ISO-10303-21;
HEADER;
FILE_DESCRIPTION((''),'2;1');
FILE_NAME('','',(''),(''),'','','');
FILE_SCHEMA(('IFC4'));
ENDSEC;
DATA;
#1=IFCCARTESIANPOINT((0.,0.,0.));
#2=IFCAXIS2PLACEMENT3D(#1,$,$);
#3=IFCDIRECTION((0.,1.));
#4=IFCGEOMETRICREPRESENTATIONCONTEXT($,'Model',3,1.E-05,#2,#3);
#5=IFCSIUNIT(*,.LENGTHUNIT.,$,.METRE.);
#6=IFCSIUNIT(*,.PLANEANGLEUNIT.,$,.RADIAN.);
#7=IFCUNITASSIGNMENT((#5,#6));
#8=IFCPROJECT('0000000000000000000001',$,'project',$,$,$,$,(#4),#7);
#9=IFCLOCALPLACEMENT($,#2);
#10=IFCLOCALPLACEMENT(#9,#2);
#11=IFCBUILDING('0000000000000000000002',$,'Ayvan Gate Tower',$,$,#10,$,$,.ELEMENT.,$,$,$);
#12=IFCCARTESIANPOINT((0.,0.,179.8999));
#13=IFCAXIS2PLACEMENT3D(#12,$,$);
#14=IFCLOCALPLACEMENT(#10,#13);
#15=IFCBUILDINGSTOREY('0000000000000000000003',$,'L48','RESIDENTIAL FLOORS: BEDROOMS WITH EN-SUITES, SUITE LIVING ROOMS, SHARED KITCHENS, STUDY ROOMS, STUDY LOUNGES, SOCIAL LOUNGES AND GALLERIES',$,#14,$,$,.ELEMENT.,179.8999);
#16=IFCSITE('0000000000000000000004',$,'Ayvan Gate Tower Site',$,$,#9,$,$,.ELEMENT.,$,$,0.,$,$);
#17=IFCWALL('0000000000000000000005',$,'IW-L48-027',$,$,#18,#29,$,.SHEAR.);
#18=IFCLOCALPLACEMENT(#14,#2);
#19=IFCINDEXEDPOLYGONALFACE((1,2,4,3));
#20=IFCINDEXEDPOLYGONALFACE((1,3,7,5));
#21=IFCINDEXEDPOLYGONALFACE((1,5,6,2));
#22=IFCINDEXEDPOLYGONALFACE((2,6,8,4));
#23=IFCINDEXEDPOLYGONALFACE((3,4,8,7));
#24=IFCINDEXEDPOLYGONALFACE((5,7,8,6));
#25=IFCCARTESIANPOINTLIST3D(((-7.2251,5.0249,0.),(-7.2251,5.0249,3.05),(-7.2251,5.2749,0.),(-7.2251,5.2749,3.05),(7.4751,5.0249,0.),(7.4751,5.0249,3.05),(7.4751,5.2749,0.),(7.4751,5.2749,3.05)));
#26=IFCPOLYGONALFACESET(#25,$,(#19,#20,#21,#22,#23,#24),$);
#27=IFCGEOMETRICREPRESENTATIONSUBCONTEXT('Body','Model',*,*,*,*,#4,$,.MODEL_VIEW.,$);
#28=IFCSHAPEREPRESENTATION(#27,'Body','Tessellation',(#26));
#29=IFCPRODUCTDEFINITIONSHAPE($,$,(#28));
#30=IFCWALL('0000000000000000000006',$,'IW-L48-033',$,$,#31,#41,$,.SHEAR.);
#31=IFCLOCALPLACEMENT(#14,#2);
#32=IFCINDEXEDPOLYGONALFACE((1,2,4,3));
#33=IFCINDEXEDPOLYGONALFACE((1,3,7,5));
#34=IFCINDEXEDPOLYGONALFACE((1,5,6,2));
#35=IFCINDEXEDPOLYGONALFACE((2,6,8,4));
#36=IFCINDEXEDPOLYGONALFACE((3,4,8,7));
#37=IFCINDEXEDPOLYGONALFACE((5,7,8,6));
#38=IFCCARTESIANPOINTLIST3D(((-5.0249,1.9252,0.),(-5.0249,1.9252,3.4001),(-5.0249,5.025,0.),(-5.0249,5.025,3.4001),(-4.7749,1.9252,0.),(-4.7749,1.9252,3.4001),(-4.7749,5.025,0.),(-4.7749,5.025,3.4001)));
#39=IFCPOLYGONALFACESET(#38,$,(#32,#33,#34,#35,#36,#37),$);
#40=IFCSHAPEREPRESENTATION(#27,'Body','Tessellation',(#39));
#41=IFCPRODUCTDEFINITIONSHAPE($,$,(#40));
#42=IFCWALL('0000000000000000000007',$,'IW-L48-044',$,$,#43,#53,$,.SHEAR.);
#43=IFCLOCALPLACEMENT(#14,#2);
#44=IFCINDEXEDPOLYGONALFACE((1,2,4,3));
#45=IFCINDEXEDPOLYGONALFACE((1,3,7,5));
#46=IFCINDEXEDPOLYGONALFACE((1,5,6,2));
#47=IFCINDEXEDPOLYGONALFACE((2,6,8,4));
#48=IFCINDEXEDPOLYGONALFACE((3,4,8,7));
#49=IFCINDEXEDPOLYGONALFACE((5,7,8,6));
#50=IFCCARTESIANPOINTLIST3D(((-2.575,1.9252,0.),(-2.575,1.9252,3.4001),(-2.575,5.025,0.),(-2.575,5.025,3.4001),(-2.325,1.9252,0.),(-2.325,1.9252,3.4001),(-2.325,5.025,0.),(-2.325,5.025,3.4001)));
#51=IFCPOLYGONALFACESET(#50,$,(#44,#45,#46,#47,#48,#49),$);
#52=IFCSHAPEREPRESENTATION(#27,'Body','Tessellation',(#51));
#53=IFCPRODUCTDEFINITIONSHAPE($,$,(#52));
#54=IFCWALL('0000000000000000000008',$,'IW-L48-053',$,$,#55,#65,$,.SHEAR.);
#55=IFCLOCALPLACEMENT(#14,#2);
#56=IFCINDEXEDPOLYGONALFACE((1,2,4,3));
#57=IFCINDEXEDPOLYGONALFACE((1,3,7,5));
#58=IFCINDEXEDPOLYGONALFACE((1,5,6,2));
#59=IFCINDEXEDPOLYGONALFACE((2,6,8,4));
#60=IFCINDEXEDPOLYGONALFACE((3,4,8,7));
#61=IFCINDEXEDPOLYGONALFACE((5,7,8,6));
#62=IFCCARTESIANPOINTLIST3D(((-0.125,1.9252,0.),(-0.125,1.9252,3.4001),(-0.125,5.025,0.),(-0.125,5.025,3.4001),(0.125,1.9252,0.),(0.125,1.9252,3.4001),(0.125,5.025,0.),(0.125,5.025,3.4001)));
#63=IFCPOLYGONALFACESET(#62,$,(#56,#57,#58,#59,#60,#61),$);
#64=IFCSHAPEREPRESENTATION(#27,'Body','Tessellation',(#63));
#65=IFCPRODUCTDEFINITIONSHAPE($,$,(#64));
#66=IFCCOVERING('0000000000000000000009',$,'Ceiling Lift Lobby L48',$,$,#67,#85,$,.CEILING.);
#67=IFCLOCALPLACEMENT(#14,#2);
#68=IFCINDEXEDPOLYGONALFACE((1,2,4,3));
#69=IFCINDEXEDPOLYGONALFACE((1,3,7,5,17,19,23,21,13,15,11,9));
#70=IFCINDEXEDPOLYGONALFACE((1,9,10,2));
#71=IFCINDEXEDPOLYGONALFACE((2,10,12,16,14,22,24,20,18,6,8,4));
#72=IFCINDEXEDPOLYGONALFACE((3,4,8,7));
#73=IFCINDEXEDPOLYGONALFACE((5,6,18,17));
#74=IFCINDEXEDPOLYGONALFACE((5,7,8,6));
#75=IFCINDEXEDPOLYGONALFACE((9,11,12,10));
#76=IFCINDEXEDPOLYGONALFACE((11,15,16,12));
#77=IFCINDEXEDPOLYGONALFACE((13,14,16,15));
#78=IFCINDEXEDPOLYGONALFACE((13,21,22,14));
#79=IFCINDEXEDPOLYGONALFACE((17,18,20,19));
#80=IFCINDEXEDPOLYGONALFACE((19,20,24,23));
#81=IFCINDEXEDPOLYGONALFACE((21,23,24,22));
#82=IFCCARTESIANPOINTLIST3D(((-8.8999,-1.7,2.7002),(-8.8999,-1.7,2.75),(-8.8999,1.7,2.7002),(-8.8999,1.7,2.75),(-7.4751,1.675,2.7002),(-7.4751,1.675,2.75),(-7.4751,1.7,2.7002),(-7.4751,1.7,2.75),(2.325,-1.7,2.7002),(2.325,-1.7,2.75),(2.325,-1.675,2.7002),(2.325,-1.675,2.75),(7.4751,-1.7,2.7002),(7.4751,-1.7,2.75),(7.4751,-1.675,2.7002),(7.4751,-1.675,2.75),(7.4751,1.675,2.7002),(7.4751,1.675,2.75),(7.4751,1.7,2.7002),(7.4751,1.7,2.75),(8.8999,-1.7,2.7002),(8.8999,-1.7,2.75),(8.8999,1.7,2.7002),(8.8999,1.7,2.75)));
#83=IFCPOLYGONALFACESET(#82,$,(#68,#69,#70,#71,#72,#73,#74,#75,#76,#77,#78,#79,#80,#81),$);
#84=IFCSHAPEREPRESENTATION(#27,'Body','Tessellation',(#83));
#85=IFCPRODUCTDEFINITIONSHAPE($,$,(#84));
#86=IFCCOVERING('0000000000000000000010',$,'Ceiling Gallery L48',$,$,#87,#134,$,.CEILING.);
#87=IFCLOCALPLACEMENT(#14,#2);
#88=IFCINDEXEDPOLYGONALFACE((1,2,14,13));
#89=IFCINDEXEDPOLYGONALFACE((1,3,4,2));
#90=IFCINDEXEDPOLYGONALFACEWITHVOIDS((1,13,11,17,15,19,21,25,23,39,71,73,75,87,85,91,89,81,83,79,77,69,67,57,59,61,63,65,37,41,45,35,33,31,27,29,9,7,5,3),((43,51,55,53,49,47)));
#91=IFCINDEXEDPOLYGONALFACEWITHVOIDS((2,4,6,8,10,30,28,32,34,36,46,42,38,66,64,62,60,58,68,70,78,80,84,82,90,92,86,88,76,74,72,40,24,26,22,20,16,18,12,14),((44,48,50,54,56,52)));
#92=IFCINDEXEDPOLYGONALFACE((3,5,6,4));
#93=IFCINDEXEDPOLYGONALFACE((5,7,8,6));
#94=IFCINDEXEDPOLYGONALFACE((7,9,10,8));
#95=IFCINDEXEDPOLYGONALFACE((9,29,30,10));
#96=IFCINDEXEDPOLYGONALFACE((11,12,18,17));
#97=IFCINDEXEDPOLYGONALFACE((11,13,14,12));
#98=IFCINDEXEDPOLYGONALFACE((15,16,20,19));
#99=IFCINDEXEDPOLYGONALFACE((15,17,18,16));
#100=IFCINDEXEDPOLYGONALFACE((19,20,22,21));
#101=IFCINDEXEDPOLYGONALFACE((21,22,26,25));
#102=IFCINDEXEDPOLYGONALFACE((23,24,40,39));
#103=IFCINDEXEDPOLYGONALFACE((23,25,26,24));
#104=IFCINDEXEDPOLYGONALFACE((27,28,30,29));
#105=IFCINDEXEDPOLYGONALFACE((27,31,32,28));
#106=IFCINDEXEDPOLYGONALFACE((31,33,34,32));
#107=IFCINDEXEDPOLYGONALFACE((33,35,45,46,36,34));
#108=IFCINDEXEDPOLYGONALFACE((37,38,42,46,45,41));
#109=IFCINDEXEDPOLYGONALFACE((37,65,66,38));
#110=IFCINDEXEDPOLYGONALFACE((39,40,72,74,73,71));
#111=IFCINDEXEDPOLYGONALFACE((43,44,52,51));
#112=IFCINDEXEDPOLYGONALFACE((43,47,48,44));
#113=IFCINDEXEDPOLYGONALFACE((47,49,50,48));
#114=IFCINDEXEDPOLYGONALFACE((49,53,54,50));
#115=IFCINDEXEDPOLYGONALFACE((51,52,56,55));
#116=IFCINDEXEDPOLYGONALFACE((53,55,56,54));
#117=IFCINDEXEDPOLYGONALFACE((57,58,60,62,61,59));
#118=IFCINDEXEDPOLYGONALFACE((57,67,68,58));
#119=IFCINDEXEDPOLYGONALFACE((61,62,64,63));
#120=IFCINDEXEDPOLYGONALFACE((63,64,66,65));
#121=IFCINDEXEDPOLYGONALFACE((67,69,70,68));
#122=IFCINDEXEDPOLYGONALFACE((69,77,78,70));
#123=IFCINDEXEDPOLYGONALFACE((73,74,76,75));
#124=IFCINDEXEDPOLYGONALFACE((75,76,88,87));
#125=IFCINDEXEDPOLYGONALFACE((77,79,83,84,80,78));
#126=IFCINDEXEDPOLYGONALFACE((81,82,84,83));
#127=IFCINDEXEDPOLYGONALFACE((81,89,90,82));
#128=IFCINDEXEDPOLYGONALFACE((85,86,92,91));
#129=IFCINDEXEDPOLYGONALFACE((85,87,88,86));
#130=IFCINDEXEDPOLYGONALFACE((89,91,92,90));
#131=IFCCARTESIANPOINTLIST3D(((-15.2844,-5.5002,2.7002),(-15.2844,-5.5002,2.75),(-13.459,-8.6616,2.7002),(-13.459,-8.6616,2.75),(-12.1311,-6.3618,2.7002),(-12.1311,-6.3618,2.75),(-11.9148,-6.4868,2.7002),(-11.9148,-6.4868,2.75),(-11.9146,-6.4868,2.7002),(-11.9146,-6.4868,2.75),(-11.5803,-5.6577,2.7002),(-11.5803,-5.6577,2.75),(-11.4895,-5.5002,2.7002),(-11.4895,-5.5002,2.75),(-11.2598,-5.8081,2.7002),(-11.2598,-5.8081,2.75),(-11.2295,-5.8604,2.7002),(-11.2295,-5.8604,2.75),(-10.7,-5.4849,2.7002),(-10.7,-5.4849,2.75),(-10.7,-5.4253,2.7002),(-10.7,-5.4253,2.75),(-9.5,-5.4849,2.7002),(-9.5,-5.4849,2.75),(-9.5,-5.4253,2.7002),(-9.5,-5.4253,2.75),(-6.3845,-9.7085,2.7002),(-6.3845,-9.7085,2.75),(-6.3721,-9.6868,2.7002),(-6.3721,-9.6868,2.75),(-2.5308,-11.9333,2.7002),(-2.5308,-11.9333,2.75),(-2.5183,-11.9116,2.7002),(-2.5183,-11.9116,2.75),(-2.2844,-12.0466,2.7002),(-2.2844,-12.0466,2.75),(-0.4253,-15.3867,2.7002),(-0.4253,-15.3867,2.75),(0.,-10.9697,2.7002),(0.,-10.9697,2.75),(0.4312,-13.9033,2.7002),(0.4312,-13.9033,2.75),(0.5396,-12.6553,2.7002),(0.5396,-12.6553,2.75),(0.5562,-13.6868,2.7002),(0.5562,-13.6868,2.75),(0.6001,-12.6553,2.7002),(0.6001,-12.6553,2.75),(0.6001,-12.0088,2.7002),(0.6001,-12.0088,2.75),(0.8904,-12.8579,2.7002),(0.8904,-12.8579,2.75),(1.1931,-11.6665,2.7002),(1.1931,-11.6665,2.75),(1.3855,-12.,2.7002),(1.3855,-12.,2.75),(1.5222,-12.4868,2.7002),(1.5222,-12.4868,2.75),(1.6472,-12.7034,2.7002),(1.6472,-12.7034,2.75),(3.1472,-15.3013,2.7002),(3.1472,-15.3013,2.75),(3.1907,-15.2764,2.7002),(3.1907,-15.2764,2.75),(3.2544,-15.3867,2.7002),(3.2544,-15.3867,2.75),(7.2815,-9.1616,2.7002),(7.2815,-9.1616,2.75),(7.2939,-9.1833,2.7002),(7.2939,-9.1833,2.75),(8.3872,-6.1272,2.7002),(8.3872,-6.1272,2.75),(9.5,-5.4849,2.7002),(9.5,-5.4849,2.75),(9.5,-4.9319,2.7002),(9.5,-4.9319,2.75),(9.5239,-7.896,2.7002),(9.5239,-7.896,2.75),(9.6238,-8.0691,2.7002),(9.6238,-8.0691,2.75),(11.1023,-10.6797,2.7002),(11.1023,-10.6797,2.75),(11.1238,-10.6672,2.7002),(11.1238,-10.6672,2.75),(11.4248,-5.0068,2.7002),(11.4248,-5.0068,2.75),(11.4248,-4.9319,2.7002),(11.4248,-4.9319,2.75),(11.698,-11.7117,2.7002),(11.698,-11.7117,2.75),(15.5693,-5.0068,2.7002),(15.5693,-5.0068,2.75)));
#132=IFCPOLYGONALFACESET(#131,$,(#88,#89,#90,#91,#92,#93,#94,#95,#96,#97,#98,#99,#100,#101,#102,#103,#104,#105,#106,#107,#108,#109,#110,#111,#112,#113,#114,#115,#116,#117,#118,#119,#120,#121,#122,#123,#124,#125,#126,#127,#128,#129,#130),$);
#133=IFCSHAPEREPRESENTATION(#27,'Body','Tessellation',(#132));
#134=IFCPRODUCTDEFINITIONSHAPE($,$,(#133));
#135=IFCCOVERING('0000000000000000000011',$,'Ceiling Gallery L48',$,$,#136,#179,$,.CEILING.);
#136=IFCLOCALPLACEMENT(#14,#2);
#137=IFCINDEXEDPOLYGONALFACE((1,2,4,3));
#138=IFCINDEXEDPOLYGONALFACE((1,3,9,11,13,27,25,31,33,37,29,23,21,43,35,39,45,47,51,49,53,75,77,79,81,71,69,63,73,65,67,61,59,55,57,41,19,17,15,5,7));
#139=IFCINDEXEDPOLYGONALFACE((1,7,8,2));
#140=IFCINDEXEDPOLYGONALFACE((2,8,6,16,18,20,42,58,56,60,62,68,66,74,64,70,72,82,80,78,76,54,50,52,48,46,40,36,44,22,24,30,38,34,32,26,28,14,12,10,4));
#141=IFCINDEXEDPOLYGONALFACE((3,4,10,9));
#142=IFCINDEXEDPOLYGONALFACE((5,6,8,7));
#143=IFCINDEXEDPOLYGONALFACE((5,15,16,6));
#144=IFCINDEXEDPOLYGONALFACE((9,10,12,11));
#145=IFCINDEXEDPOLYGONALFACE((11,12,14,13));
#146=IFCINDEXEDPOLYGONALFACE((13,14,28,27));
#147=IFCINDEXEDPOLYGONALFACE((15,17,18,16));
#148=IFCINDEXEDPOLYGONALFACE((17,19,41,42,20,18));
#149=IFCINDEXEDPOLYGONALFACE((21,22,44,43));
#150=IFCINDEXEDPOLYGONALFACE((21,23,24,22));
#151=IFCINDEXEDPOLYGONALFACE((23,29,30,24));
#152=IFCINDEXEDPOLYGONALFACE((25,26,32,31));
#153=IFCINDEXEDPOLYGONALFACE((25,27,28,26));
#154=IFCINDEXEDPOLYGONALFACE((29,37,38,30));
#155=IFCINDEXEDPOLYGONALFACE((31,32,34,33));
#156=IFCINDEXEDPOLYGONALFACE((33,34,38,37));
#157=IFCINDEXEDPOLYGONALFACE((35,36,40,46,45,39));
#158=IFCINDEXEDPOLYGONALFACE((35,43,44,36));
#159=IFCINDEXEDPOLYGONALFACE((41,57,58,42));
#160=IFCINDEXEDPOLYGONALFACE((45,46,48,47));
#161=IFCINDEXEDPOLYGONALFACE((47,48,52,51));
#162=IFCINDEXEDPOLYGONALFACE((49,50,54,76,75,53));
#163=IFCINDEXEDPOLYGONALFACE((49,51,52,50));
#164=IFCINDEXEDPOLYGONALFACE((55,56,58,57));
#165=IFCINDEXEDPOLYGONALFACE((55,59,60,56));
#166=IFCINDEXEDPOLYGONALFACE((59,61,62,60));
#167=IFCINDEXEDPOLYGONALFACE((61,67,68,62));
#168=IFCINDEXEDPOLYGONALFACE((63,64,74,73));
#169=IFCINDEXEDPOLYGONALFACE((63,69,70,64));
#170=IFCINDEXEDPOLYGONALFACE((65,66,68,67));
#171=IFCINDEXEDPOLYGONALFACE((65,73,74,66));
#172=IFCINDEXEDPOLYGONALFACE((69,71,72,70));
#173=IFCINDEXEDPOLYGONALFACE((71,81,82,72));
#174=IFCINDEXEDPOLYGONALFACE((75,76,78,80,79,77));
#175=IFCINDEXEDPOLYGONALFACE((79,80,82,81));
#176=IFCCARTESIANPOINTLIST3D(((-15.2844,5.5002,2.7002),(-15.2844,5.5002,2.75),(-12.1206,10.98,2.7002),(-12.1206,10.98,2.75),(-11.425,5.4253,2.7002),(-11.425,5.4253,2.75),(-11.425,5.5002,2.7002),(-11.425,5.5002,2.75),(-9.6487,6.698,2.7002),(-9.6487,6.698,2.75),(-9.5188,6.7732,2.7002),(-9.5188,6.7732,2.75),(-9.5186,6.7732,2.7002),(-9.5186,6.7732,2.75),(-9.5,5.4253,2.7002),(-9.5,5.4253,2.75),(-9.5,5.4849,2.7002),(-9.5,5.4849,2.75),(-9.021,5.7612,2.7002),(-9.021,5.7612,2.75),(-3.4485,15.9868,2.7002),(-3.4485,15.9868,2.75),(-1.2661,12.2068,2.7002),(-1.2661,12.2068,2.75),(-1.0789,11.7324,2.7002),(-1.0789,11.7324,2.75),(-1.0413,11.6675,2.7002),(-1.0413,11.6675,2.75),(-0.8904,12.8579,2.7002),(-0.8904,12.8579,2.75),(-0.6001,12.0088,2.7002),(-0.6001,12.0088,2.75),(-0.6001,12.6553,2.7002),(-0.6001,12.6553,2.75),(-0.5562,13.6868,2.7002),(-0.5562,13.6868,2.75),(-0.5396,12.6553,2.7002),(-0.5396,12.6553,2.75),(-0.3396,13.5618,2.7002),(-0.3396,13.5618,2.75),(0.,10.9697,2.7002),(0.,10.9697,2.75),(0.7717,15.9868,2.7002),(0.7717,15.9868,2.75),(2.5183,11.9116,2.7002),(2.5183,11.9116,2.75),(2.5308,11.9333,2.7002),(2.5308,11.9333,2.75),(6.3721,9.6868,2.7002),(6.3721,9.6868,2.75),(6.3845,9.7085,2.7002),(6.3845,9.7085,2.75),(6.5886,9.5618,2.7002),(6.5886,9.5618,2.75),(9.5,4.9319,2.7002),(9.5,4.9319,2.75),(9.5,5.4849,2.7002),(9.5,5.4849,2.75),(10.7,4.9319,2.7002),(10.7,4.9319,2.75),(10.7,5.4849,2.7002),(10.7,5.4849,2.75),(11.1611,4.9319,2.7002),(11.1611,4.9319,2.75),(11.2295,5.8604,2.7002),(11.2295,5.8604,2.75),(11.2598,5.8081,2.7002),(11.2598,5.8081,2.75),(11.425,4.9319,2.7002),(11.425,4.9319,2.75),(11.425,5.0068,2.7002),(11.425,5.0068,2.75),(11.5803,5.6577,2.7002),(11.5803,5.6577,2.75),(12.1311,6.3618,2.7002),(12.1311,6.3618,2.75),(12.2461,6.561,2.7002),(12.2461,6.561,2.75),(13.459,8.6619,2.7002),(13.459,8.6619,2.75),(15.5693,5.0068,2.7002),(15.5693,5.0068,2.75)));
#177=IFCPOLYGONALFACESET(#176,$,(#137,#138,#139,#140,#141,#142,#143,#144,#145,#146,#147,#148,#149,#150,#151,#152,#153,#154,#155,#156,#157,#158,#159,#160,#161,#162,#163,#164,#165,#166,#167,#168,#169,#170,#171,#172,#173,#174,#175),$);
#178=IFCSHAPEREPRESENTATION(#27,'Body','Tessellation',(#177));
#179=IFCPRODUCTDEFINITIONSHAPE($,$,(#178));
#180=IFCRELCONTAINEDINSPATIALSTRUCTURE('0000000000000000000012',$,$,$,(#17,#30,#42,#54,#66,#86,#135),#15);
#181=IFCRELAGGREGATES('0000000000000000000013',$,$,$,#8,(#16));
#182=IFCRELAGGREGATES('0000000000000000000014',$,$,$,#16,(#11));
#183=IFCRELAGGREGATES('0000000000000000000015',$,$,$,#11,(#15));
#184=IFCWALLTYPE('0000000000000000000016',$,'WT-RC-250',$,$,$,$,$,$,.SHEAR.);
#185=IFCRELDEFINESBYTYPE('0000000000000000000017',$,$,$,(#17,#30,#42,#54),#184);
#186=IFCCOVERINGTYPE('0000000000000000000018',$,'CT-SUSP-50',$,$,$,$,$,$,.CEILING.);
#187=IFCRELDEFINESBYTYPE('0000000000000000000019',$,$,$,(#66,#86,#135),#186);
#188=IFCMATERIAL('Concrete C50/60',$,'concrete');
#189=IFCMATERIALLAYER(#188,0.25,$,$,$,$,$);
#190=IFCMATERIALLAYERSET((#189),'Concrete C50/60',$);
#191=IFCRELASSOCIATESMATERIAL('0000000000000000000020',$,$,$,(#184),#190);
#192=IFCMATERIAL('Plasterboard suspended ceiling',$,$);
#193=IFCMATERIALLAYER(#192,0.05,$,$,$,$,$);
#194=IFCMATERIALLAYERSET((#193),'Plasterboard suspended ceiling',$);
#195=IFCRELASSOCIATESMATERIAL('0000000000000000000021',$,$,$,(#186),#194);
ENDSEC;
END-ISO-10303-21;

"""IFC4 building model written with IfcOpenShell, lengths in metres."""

from ifc_helpers import new_model, si_unit, direction, frame, frame_2d, origin, place, context, subcontext, project, spatial, polyline, rectangle, outline, extrude, material, layer, layer_set, type_object, element, save


model = new_model("IFC4")

# Units and contexts
model_context = context("Model", 3, precision=1e-05, world=origin(), true_north=direction((0.0, 1.0)))
body_context = subcontext(model_context, "Body", "Model", "MODEL_VIEW")
ifc_project = project(units=[si_unit("LENGTHUNIT", "METRE"), si_unit("PLANEANGLEUNIT", "RADIAN")], contexts=[model_context])

# Site, building, storey
site_placement = place(None, origin())
site = spatial("IfcSite", under=ifc_project, at=site_placement, Name="Ayvan Gate Tower Site", CompositionType="ELEMENT", RefElevation=0.0)
building_placement = place(site_placement, origin())
building = spatial("IfcBuilding", under=site, at=building_placement, Name="Ayvan Gate Tower", CompositionType="ELEMENT")
storey_placement = place(building_placement, frame((0.0, 0.0, 179.8999)))
storey = spatial("IfcBuildingStorey", under=building, at=storey_placement, Name="L48", Description="RESIDENTIAL FLOORS: BEDROOMS WITH EN-SUITES, SUITE LIVING ROOMS, SHARED KITCHENS, STUDY ROOMS, STUDY LOUNGES, SOCIAL LOUNGES AND GALLERIES", CompositionType="ELEMENT", Elevation=179.8999)

# Shared definitions
ifc_material_1 = material(Name="Concrete C50/60", Category="concrete")
ifc_layer_1 = layer(ifc_material_1, 0.25)
ifc_layer_set_1 = layer_set([ifc_layer_1], Name="Concrete C50/60")
wall_type_1 = type_object("IfcWallType", Name="WT-RC-250", PredefinedType="SHEAR", material=ifc_layer_set_1)

# Walls
wall_1_placement = place(storey_placement, frame((-7.2251, 5.1499, 0.0), z_axis=(0.0, 0.0, 1.0), x_axis=(1.0, 0.0, 0.0)))
element("IfcWall", 1, at=wall_1_placement, inside=storey, type_object=wall_type_1, Name="IW-L48-027", PredefinedType="SHEAR", context=body_context, shape_type="SweptSolid", body=[
    extrude(rectangle(XDim=14.7002, YDim=0.25, at=frame_2d((7.3501, 0.0))), origin(), (0.0, 0.0, 1.0), 3.05),
])
for number, where, z_axis, x_axis, name in (
    (2, (-4.8999, 5.0249, 0.0), (0.0, 0.0, 1.0), (0.0, -1.0, 0.0), "IW-L48-033"),
    (3, (-2.45, 5.0249, 0.0), (0.0, 0.0, 1.0), (0.0, -1.0, 0.0), "IW-L48-044"),
    (4, (0.0, 5.0249, 0.0), (0.0, 0.0, 1.0), (0.0, -1.0, 0.0), "IW-L48-053"),
):
    element("IfcWall", number, at=place(storey_placement, frame(where, z_axis=z_axis, x_axis=x_axis)), inside=storey, type_object=wall_type_1, Name=name, PredefinedType="SHEAR", context=body_context, shape_type="SweptSolid", body=[
        extrude(rectangle(XDim=3.0999, YDim=0.25, at=frame_2d((1.5498, 0.0))), origin(), (0.0, 0.0, 1.0), 3.4001),
    ])

# Coverings
ifc_material_2 = material(Name="Plasterboard suspended ceiling")
ifc_layer_2 = layer(ifc_material_2, 0.05)
ifc_layer_set_2 = layer_set([ifc_layer_2], Name="Plasterboard suspended ceiling")
covering_type = type_object("IfcCoveringType", Name="CT-SUSP-50", PredefinedType="CEILING", material=ifc_layer_set_2)
covering_1_placement = place(storey_placement, frame((0.0, 0.0, 2.7002)))
element("IfcCovering", 5, at=covering_1_placement, inside=storey, type_object=covering_type, Name="Ceiling Lift Lobby L48", PredefinedType="CEILING", context=body_context, shape_type="SweptSolid", body=[
    extrude(outline(polyline([(7.4751, -1.675), (2.325, -1.675), (2.325, -1.7), (-8.8999, -1.7), (-8.8999, 1.7), (-7.4751, 1.7), (-7.4751, 1.675), (7.4751, 1.675), (7.4751, 1.7), (8.8999, 1.7), (8.8999, -1.7), (7.4751, -1.7), (7.4751, -1.675)])), origin(), (0.0, 0.0, 1.0), 0.0498),
])
covering_2_placement = place(storey_placement, frame((0.0, 0.0, 2.7002)))
element("IfcCovering", 6, at=covering_2_placement, inside=storey, type_object=covering_type, Name="Ceiling Gallery L48", PredefinedType="CEILING", context=body_context, shape_type="SweptSolid", body=[
    extrude(outline(polyline([(-11.9148, -6.4868), (-12.1311, -6.3618), (-13.459, -8.6616), (-15.2844, -5.5002), (-11.4895, -5.5002), (-11.5803, -5.6577), (-11.2295, -5.8604), (-11.2598, -5.8081), (-10.7, -5.4849), (-10.7, -5.4253), (-9.5, -5.4253), (-9.5, -5.4849), (0.0, -10.9697), (8.3872, -6.1272), (9.5, -5.4849), (9.5, -4.9319), (11.4248, -4.9319), (11.4248, -5.0068), (15.5693, -5.0068), (11.698, -11.7117), (11.1023, -10.6797), (11.1238, -10.6672), (9.6238, -8.0691), (9.5239, -7.896), (7.2939, -9.1833), (7.2815, -9.1616), (1.5222, -12.4868), (1.6472, -12.7034), (3.1472, -15.3013), (3.1907, -15.2764), (3.2544, -15.3867), (-0.4253, -15.3867), (0.4312, -13.9033), (0.5562, -13.6868), (-2.2844, -12.0466), (-2.5183, -11.9116), (-2.5308, -11.9333), (-6.3845, -9.7085), (-6.3721, -9.6868), (-11.9146, -6.4868), (-11.9148, -6.4868)]), holes=[polyline([(0.5396, -12.6553), (0.8904, -12.8579), (1.3855, -12.0), (1.1931, -11.6665), (0.6001, -12.0088), (0.6001, -12.6553), (0.5396, -12.6553)])]), origin(), (0.0, 0.0, 1.0), 0.0498),
])
covering_3_placement = place(storey_placement, frame((0.0, 0.0, 2.7002)))
element("IfcCovering", 7, at=covering_3_placement, inside=storey, type_object=covering_type, Name="Ceiling Gallery L48", PredefinedType="CEILING", context=body_context, shape_type="SweptSolid", body=[
    extrude(outline(polyline([(-9.5188, 6.7732), (-9.5186, 6.7732), (-1.0413, 11.6675), (-1.0789, 11.7324), (-0.6001, 12.0088), (-0.6001, 12.6553), (-0.5396, 12.6553), (-0.8904, 12.8579), (-1.2661, 12.2068), (-3.4485, 15.9868), (0.7717, 15.9868), (-0.5562, 13.6868), (-0.3396, 13.5618), (2.5183, 11.9116), (2.5308, 11.9333), (6.3845, 9.7085), (6.3721, 9.6868), (6.5886, 9.5618), (12.1311, 6.3618), (12.2461, 6.561), (13.459, 8.6619), (15.5693, 5.0068), (11.425, 5.0068), (11.425, 4.9319), (11.1611, 4.9319), (11.5803, 5.6577), (11.2295, 5.8604), (11.2598, 5.8081), (10.7, 5.4849), (10.7, 4.9319), (9.5, 4.9319), (9.5, 5.4849), (0.0, 10.9697), (-9.021, 5.7612), (-9.5, 5.4849), (-9.5, 5.4253), (-11.425, 5.4253), (-11.425, 5.5002), (-15.2844, 5.5002), (-12.1206, 10.98), (-9.6487, 6.698), (-9.5188, 6.7732)])), origin(), (0.0, 0.0, 1.0), 0.0498),
])

save(model, "model.ifc")
